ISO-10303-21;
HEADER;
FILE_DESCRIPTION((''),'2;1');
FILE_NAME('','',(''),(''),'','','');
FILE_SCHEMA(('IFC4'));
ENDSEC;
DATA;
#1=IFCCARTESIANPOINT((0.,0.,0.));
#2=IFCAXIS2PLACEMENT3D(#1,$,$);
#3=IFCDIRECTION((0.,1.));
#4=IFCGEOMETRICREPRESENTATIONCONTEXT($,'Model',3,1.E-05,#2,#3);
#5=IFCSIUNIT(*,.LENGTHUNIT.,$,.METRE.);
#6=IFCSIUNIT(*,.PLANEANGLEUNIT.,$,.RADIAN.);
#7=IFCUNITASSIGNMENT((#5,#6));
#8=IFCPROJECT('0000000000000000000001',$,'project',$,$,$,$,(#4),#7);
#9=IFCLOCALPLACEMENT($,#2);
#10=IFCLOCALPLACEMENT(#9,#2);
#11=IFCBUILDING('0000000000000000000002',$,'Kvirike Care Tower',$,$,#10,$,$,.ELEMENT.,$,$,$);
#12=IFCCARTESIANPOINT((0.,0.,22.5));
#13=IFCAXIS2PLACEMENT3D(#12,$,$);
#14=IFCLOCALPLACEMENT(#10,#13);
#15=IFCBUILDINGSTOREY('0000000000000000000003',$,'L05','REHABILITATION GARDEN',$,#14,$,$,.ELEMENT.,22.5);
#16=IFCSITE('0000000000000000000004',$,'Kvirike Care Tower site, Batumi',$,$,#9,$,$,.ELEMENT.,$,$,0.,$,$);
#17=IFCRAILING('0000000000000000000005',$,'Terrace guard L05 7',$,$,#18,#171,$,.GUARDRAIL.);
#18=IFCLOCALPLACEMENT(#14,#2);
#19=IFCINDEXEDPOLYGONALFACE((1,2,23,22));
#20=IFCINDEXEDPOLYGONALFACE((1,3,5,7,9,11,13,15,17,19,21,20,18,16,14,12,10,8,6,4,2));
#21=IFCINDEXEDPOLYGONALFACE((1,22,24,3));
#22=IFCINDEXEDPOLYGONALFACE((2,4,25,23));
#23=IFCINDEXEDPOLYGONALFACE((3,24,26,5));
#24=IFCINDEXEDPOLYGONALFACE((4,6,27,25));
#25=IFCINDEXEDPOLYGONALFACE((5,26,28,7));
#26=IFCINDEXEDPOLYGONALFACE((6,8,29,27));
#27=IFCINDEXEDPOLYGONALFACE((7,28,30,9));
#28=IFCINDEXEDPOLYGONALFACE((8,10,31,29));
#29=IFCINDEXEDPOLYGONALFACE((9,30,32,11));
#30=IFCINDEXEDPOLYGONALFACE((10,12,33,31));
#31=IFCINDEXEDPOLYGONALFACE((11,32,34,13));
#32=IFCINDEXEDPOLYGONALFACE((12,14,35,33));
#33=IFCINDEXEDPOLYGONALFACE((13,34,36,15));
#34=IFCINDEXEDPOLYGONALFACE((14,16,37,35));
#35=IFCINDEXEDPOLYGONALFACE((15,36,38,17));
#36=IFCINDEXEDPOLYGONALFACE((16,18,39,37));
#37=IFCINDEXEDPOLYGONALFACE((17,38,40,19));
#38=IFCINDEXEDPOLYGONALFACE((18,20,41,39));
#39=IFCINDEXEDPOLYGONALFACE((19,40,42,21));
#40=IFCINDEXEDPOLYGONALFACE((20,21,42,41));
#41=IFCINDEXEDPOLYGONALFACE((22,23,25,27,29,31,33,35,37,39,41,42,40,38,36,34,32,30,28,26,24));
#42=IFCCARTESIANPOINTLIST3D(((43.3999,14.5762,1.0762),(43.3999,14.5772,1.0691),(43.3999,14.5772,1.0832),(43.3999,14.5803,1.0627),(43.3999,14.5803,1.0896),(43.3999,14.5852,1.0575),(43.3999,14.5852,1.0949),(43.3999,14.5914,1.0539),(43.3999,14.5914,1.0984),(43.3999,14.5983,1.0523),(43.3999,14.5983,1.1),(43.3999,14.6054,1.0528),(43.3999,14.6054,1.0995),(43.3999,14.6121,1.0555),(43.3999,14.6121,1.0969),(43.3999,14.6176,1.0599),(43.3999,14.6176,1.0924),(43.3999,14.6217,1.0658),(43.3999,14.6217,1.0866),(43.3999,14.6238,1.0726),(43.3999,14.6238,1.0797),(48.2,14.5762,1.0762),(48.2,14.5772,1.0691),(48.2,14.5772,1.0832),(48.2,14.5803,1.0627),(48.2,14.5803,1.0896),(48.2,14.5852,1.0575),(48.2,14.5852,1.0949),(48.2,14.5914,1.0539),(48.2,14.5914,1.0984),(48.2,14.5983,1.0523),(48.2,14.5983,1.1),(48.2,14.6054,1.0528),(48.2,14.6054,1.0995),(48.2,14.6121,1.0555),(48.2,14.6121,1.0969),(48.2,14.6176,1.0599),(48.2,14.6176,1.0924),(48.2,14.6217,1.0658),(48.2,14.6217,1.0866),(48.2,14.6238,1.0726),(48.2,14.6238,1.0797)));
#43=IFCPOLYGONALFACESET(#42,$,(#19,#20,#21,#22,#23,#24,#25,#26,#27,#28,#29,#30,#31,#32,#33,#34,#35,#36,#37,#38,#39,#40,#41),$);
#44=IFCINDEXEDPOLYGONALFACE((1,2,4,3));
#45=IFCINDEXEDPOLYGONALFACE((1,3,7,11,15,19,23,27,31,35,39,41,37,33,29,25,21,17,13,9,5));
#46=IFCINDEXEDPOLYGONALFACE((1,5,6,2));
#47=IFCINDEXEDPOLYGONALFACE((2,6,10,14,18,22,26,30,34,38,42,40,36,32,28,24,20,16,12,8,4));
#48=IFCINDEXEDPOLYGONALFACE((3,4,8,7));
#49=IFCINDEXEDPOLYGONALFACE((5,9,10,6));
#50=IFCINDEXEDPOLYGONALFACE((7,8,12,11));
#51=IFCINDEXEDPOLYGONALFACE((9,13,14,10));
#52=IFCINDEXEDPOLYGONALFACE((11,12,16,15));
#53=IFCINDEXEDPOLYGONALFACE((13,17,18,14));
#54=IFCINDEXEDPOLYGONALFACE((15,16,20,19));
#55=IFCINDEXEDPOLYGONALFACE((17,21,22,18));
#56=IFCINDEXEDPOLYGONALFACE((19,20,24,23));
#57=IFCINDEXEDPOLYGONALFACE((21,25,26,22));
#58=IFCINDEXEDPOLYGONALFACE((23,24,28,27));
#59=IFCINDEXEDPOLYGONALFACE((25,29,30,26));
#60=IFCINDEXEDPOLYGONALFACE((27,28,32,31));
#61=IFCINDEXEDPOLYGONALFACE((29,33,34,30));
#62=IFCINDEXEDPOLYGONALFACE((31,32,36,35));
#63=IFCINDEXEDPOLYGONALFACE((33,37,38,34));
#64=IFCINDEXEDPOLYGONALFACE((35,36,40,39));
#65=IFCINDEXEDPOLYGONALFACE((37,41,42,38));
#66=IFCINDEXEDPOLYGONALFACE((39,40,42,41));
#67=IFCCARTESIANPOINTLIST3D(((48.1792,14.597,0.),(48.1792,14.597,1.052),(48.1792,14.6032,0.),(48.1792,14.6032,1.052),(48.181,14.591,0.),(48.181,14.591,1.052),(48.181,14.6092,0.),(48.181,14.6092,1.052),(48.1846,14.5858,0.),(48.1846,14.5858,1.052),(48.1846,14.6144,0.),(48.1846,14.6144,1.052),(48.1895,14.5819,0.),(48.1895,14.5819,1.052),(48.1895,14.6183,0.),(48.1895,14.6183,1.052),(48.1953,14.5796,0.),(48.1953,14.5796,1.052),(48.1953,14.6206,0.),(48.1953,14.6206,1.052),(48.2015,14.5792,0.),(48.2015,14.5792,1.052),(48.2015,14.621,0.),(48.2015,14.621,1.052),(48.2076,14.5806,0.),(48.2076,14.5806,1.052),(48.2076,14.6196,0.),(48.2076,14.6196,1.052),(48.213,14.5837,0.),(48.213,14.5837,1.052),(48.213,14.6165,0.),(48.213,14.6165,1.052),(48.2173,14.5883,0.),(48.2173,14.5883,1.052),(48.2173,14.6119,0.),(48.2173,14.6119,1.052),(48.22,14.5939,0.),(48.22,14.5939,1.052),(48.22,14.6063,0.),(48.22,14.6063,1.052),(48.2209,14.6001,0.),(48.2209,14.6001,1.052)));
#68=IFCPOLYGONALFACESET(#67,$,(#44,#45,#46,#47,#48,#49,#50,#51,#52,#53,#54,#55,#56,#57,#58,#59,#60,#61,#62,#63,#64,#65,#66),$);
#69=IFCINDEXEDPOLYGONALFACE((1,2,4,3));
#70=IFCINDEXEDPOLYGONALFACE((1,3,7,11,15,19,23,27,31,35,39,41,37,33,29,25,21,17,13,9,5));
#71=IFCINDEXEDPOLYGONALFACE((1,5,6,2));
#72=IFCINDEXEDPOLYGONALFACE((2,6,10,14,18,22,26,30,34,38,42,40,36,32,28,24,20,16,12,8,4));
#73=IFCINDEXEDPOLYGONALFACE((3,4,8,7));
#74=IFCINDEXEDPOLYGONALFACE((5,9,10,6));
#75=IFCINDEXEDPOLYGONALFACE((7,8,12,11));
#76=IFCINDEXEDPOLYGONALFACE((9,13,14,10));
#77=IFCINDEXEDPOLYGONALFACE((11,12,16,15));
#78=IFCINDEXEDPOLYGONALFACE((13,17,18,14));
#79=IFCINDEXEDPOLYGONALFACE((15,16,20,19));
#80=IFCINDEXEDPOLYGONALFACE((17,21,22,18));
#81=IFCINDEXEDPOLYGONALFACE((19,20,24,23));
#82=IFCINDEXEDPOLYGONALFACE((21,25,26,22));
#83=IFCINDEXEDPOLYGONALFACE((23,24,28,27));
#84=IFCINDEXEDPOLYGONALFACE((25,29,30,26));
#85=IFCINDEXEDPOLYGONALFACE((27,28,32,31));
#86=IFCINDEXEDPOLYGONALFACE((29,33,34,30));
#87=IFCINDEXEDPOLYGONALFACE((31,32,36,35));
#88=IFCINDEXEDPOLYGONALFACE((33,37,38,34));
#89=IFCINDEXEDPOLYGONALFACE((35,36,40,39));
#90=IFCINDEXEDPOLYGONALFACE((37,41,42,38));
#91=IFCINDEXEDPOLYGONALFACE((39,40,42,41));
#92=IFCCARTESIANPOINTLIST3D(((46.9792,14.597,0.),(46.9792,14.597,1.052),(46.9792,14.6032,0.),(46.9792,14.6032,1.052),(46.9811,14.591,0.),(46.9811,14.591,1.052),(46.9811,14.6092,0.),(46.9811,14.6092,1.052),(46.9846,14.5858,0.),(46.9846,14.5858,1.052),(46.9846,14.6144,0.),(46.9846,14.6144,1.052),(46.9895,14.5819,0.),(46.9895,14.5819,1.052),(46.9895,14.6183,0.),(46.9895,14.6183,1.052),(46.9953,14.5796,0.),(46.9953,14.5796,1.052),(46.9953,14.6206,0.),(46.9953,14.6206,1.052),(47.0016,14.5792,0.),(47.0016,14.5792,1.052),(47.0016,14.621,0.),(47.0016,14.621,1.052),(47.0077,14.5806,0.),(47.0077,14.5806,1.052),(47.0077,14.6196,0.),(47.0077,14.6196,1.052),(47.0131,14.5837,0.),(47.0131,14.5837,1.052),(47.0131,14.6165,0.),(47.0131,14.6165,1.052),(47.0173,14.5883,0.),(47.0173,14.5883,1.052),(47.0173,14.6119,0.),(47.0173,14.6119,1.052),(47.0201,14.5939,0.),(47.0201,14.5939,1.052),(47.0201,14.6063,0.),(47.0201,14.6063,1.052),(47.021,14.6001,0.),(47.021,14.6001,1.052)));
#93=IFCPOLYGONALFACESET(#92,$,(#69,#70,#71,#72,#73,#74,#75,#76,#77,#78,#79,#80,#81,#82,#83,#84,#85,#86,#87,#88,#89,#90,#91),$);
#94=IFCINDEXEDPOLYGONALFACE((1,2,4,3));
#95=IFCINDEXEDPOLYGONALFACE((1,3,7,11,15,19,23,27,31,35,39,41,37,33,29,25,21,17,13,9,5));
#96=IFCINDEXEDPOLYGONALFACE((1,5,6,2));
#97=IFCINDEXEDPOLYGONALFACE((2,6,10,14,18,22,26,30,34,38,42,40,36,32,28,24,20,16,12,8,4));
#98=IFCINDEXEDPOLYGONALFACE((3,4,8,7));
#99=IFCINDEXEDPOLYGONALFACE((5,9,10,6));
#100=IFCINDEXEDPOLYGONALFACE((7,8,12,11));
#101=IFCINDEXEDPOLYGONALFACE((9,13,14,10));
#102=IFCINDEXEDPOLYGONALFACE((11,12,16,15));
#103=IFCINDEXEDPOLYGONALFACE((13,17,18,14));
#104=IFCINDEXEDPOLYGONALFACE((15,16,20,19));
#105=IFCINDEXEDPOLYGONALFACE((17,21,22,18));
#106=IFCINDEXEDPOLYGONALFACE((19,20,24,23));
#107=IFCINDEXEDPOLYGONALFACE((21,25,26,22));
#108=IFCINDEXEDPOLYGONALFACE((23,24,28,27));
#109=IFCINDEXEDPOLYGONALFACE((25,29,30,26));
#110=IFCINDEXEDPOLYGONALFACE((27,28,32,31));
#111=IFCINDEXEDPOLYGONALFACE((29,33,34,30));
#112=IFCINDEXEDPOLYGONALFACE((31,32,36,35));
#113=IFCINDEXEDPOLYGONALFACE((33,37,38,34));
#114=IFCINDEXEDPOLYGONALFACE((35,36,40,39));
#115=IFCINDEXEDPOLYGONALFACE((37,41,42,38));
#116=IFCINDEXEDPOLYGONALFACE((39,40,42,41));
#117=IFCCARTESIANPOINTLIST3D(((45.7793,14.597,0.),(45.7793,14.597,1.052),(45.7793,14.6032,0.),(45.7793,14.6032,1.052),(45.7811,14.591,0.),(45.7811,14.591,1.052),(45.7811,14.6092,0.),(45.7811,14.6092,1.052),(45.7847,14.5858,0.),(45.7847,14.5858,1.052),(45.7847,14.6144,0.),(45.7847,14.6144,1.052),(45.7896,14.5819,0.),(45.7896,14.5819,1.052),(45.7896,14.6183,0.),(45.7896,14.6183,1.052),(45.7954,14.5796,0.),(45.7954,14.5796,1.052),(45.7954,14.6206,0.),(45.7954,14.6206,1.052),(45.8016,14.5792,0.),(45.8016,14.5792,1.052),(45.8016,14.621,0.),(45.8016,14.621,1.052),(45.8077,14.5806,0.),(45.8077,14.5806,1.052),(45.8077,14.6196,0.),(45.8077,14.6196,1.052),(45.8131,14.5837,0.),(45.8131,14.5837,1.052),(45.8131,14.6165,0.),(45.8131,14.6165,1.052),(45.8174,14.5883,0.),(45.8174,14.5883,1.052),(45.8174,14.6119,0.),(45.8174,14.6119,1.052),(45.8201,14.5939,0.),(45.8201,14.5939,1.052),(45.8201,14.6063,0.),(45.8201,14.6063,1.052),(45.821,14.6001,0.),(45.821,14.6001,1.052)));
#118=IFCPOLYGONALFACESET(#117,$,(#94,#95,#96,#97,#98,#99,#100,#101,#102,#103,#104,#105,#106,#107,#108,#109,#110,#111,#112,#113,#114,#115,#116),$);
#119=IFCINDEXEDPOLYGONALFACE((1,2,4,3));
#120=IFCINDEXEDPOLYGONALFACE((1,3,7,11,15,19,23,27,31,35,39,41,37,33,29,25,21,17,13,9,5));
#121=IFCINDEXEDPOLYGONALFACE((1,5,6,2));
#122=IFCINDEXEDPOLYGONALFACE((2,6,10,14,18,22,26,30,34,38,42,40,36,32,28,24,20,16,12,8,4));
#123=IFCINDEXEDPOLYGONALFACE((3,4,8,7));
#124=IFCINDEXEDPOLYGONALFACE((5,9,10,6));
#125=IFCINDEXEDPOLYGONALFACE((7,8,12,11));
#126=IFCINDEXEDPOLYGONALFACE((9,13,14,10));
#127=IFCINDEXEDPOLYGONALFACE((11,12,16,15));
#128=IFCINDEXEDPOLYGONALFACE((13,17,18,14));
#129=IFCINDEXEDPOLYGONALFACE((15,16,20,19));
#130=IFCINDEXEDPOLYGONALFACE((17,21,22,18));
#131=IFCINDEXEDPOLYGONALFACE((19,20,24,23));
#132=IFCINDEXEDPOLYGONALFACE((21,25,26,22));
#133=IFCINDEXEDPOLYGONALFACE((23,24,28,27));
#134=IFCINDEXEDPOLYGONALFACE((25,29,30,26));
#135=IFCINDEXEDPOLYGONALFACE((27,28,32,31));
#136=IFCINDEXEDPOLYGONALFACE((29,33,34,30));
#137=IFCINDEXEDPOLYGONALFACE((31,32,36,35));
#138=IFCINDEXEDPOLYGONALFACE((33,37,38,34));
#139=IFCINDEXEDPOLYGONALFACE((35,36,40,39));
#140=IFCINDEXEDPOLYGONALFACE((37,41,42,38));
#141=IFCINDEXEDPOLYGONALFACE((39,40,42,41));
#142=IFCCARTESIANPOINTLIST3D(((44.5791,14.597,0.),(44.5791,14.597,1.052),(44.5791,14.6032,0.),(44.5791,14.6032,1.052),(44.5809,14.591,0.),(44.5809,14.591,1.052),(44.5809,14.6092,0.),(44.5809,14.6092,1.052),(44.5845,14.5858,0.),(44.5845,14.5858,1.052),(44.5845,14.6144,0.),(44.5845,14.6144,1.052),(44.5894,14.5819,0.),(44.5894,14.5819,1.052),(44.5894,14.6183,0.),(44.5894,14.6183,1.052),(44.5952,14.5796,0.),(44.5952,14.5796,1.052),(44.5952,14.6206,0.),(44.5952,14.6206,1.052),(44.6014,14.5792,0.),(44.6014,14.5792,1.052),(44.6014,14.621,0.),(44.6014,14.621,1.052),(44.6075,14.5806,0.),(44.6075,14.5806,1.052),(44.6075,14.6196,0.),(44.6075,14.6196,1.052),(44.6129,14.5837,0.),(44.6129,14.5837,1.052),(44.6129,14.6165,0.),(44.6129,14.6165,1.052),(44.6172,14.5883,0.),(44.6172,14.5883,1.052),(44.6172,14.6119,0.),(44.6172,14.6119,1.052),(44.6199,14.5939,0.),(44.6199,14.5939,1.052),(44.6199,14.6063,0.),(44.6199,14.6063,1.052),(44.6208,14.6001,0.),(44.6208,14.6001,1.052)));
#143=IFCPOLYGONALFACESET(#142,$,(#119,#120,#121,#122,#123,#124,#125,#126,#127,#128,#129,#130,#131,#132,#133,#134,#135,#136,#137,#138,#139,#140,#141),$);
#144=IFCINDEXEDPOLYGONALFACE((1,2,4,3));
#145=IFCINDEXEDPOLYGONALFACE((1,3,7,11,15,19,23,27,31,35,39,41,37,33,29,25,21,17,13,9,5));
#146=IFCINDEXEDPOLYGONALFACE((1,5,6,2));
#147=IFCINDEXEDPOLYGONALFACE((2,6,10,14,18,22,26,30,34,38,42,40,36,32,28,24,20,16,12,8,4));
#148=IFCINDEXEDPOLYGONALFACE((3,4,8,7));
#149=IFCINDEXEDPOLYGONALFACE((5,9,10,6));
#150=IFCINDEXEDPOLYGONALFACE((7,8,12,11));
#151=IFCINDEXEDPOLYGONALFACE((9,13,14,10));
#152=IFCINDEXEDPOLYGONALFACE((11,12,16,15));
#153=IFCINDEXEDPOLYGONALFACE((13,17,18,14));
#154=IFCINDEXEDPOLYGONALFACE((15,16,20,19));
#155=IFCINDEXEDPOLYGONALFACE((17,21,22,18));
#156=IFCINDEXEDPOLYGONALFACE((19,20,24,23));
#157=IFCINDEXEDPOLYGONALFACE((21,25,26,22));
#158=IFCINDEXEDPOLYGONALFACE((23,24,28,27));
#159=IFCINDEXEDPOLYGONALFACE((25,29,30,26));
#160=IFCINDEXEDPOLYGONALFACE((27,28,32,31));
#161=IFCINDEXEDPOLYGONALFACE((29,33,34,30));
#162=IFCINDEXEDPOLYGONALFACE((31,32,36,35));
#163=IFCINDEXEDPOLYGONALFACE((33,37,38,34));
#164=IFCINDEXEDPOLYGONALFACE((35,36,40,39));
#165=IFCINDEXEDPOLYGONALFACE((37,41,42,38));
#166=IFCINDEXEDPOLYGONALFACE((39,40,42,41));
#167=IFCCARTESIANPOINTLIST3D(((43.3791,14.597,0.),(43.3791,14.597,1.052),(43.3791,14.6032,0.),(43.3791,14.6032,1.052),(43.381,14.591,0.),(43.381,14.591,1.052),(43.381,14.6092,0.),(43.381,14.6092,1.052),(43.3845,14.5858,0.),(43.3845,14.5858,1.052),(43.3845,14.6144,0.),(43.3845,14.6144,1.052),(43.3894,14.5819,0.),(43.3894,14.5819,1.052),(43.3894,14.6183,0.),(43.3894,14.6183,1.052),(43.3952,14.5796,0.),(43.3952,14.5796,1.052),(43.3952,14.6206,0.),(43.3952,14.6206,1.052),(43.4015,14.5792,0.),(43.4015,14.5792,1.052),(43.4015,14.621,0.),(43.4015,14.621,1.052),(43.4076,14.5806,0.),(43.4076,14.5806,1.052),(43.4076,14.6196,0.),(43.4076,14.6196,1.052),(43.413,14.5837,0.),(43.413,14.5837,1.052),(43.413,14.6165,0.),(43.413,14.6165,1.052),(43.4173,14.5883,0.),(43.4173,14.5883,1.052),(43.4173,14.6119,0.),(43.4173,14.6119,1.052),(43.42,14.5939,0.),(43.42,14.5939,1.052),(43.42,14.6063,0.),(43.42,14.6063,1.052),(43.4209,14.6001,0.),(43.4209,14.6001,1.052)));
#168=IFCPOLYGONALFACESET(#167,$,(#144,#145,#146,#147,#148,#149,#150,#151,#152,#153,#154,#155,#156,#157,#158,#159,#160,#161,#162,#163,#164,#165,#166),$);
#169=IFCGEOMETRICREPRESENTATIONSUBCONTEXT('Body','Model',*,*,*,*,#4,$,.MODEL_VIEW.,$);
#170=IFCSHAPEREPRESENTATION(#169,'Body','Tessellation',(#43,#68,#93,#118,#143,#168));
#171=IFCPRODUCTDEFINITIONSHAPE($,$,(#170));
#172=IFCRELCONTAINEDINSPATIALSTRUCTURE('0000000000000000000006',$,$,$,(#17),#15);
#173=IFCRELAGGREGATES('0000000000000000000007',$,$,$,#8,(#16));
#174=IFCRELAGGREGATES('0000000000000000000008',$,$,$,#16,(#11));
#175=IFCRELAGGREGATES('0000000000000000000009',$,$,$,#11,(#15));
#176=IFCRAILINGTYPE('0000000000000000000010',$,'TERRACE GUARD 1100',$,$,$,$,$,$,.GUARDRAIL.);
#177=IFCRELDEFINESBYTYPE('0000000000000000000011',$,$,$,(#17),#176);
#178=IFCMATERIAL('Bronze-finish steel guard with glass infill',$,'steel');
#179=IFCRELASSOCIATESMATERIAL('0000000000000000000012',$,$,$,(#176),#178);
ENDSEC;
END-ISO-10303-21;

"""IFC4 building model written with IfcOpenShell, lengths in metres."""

from ifc_helpers import new_model, si_unit, direction, frame, origin, origin_2d, place, context, subcontext, project, spatial, circle, extrude, material, type_object, element, save


model = new_model("IFC4")

# Units and contexts
model_context = context("Model", 3, precision=1e-05, world=origin(), true_north=direction((0.0, 1.0)))
body_context = subcontext(model_context, "Body", "Model", "MODEL_VIEW")
ifc_project = project(units=[si_unit("LENGTHUNIT", "METRE"), si_unit("PLANEANGLEUNIT", "RADIAN")], contexts=[model_context])

# Site, building, storey
site_placement = place(None, origin())
site = spatial("IfcSite", under=ifc_project, at=site_placement, Name="Kvirike Care Tower site, Batumi", CompositionType="ELEMENT", RefElevation=0.0)
building_placement = place(site_placement, origin())
building = spatial("IfcBuilding", under=site, at=building_placement, Name="Kvirike Care Tower", CompositionType="ELEMENT")
storey_placement = place(building_placement, frame((0.0, 0.0, 22.5)))
storey = spatial("IfcBuildingStorey", under=building, at=storey_placement, Name="L05", Description="REHABILITATION GARDEN", CompositionType="ELEMENT", Elevation=22.5)

# Railing
ifc_material_1 = material(Name="Bronze-finish steel guard with glass infill", Category="steel")
railing_type = type_object("IfcRailingType", Name="TERRACE GUARD 1100", PredefinedType="GUARDRAIL", material=ifc_material_1)
railing_1_placement = place(storey_placement, frame((48.2, 14.6001, 0.0)))
element("IfcRailing", 1, at=railing_1_placement, inside=storey, type_object=railing_type, Name="Terrace guard L05 7", PredefinedType="GUARDRAIL", context=body_context, shape_type="SweptSolid", body=[
    extrude(circle(Radius=0.0239, at=origin_2d()), frame((0.0, 0.0, 1.0762), z_axis=(-1.0, 0.0, 0.0), x_axis=(0.0, -1.0, 0.0)), (0.0, 0.0, 1.0), 4.8),
    extrude(circle(Radius=0.021, at=origin_2d()), origin(), (0.0, 0.0, 1.0), 1.052),
    extrude(circle(Radius=0.021, at=origin_2d()), frame((-1.2, 0.0, 0.0)), (0.0, 0.0, 1.0), 1.052),
    extrude(circle(Radius=0.021, at=origin_2d()), frame((-2.3999, 0.0, 0.0)), (0.0, 0.0, 1.0), 1.052),
    extrude(circle(Radius=0.021, at=origin_2d()), frame((-3.6001, 0.0, 0.0)), (0.0, 0.0, 1.0), 1.052),
    extrude(circle(Radius=0.021, at=origin_2d()), frame((-4.8, 0.0, 0.0)), (0.0, 0.0, 1.0), 1.052),
])

save(model, "model.ifc")
